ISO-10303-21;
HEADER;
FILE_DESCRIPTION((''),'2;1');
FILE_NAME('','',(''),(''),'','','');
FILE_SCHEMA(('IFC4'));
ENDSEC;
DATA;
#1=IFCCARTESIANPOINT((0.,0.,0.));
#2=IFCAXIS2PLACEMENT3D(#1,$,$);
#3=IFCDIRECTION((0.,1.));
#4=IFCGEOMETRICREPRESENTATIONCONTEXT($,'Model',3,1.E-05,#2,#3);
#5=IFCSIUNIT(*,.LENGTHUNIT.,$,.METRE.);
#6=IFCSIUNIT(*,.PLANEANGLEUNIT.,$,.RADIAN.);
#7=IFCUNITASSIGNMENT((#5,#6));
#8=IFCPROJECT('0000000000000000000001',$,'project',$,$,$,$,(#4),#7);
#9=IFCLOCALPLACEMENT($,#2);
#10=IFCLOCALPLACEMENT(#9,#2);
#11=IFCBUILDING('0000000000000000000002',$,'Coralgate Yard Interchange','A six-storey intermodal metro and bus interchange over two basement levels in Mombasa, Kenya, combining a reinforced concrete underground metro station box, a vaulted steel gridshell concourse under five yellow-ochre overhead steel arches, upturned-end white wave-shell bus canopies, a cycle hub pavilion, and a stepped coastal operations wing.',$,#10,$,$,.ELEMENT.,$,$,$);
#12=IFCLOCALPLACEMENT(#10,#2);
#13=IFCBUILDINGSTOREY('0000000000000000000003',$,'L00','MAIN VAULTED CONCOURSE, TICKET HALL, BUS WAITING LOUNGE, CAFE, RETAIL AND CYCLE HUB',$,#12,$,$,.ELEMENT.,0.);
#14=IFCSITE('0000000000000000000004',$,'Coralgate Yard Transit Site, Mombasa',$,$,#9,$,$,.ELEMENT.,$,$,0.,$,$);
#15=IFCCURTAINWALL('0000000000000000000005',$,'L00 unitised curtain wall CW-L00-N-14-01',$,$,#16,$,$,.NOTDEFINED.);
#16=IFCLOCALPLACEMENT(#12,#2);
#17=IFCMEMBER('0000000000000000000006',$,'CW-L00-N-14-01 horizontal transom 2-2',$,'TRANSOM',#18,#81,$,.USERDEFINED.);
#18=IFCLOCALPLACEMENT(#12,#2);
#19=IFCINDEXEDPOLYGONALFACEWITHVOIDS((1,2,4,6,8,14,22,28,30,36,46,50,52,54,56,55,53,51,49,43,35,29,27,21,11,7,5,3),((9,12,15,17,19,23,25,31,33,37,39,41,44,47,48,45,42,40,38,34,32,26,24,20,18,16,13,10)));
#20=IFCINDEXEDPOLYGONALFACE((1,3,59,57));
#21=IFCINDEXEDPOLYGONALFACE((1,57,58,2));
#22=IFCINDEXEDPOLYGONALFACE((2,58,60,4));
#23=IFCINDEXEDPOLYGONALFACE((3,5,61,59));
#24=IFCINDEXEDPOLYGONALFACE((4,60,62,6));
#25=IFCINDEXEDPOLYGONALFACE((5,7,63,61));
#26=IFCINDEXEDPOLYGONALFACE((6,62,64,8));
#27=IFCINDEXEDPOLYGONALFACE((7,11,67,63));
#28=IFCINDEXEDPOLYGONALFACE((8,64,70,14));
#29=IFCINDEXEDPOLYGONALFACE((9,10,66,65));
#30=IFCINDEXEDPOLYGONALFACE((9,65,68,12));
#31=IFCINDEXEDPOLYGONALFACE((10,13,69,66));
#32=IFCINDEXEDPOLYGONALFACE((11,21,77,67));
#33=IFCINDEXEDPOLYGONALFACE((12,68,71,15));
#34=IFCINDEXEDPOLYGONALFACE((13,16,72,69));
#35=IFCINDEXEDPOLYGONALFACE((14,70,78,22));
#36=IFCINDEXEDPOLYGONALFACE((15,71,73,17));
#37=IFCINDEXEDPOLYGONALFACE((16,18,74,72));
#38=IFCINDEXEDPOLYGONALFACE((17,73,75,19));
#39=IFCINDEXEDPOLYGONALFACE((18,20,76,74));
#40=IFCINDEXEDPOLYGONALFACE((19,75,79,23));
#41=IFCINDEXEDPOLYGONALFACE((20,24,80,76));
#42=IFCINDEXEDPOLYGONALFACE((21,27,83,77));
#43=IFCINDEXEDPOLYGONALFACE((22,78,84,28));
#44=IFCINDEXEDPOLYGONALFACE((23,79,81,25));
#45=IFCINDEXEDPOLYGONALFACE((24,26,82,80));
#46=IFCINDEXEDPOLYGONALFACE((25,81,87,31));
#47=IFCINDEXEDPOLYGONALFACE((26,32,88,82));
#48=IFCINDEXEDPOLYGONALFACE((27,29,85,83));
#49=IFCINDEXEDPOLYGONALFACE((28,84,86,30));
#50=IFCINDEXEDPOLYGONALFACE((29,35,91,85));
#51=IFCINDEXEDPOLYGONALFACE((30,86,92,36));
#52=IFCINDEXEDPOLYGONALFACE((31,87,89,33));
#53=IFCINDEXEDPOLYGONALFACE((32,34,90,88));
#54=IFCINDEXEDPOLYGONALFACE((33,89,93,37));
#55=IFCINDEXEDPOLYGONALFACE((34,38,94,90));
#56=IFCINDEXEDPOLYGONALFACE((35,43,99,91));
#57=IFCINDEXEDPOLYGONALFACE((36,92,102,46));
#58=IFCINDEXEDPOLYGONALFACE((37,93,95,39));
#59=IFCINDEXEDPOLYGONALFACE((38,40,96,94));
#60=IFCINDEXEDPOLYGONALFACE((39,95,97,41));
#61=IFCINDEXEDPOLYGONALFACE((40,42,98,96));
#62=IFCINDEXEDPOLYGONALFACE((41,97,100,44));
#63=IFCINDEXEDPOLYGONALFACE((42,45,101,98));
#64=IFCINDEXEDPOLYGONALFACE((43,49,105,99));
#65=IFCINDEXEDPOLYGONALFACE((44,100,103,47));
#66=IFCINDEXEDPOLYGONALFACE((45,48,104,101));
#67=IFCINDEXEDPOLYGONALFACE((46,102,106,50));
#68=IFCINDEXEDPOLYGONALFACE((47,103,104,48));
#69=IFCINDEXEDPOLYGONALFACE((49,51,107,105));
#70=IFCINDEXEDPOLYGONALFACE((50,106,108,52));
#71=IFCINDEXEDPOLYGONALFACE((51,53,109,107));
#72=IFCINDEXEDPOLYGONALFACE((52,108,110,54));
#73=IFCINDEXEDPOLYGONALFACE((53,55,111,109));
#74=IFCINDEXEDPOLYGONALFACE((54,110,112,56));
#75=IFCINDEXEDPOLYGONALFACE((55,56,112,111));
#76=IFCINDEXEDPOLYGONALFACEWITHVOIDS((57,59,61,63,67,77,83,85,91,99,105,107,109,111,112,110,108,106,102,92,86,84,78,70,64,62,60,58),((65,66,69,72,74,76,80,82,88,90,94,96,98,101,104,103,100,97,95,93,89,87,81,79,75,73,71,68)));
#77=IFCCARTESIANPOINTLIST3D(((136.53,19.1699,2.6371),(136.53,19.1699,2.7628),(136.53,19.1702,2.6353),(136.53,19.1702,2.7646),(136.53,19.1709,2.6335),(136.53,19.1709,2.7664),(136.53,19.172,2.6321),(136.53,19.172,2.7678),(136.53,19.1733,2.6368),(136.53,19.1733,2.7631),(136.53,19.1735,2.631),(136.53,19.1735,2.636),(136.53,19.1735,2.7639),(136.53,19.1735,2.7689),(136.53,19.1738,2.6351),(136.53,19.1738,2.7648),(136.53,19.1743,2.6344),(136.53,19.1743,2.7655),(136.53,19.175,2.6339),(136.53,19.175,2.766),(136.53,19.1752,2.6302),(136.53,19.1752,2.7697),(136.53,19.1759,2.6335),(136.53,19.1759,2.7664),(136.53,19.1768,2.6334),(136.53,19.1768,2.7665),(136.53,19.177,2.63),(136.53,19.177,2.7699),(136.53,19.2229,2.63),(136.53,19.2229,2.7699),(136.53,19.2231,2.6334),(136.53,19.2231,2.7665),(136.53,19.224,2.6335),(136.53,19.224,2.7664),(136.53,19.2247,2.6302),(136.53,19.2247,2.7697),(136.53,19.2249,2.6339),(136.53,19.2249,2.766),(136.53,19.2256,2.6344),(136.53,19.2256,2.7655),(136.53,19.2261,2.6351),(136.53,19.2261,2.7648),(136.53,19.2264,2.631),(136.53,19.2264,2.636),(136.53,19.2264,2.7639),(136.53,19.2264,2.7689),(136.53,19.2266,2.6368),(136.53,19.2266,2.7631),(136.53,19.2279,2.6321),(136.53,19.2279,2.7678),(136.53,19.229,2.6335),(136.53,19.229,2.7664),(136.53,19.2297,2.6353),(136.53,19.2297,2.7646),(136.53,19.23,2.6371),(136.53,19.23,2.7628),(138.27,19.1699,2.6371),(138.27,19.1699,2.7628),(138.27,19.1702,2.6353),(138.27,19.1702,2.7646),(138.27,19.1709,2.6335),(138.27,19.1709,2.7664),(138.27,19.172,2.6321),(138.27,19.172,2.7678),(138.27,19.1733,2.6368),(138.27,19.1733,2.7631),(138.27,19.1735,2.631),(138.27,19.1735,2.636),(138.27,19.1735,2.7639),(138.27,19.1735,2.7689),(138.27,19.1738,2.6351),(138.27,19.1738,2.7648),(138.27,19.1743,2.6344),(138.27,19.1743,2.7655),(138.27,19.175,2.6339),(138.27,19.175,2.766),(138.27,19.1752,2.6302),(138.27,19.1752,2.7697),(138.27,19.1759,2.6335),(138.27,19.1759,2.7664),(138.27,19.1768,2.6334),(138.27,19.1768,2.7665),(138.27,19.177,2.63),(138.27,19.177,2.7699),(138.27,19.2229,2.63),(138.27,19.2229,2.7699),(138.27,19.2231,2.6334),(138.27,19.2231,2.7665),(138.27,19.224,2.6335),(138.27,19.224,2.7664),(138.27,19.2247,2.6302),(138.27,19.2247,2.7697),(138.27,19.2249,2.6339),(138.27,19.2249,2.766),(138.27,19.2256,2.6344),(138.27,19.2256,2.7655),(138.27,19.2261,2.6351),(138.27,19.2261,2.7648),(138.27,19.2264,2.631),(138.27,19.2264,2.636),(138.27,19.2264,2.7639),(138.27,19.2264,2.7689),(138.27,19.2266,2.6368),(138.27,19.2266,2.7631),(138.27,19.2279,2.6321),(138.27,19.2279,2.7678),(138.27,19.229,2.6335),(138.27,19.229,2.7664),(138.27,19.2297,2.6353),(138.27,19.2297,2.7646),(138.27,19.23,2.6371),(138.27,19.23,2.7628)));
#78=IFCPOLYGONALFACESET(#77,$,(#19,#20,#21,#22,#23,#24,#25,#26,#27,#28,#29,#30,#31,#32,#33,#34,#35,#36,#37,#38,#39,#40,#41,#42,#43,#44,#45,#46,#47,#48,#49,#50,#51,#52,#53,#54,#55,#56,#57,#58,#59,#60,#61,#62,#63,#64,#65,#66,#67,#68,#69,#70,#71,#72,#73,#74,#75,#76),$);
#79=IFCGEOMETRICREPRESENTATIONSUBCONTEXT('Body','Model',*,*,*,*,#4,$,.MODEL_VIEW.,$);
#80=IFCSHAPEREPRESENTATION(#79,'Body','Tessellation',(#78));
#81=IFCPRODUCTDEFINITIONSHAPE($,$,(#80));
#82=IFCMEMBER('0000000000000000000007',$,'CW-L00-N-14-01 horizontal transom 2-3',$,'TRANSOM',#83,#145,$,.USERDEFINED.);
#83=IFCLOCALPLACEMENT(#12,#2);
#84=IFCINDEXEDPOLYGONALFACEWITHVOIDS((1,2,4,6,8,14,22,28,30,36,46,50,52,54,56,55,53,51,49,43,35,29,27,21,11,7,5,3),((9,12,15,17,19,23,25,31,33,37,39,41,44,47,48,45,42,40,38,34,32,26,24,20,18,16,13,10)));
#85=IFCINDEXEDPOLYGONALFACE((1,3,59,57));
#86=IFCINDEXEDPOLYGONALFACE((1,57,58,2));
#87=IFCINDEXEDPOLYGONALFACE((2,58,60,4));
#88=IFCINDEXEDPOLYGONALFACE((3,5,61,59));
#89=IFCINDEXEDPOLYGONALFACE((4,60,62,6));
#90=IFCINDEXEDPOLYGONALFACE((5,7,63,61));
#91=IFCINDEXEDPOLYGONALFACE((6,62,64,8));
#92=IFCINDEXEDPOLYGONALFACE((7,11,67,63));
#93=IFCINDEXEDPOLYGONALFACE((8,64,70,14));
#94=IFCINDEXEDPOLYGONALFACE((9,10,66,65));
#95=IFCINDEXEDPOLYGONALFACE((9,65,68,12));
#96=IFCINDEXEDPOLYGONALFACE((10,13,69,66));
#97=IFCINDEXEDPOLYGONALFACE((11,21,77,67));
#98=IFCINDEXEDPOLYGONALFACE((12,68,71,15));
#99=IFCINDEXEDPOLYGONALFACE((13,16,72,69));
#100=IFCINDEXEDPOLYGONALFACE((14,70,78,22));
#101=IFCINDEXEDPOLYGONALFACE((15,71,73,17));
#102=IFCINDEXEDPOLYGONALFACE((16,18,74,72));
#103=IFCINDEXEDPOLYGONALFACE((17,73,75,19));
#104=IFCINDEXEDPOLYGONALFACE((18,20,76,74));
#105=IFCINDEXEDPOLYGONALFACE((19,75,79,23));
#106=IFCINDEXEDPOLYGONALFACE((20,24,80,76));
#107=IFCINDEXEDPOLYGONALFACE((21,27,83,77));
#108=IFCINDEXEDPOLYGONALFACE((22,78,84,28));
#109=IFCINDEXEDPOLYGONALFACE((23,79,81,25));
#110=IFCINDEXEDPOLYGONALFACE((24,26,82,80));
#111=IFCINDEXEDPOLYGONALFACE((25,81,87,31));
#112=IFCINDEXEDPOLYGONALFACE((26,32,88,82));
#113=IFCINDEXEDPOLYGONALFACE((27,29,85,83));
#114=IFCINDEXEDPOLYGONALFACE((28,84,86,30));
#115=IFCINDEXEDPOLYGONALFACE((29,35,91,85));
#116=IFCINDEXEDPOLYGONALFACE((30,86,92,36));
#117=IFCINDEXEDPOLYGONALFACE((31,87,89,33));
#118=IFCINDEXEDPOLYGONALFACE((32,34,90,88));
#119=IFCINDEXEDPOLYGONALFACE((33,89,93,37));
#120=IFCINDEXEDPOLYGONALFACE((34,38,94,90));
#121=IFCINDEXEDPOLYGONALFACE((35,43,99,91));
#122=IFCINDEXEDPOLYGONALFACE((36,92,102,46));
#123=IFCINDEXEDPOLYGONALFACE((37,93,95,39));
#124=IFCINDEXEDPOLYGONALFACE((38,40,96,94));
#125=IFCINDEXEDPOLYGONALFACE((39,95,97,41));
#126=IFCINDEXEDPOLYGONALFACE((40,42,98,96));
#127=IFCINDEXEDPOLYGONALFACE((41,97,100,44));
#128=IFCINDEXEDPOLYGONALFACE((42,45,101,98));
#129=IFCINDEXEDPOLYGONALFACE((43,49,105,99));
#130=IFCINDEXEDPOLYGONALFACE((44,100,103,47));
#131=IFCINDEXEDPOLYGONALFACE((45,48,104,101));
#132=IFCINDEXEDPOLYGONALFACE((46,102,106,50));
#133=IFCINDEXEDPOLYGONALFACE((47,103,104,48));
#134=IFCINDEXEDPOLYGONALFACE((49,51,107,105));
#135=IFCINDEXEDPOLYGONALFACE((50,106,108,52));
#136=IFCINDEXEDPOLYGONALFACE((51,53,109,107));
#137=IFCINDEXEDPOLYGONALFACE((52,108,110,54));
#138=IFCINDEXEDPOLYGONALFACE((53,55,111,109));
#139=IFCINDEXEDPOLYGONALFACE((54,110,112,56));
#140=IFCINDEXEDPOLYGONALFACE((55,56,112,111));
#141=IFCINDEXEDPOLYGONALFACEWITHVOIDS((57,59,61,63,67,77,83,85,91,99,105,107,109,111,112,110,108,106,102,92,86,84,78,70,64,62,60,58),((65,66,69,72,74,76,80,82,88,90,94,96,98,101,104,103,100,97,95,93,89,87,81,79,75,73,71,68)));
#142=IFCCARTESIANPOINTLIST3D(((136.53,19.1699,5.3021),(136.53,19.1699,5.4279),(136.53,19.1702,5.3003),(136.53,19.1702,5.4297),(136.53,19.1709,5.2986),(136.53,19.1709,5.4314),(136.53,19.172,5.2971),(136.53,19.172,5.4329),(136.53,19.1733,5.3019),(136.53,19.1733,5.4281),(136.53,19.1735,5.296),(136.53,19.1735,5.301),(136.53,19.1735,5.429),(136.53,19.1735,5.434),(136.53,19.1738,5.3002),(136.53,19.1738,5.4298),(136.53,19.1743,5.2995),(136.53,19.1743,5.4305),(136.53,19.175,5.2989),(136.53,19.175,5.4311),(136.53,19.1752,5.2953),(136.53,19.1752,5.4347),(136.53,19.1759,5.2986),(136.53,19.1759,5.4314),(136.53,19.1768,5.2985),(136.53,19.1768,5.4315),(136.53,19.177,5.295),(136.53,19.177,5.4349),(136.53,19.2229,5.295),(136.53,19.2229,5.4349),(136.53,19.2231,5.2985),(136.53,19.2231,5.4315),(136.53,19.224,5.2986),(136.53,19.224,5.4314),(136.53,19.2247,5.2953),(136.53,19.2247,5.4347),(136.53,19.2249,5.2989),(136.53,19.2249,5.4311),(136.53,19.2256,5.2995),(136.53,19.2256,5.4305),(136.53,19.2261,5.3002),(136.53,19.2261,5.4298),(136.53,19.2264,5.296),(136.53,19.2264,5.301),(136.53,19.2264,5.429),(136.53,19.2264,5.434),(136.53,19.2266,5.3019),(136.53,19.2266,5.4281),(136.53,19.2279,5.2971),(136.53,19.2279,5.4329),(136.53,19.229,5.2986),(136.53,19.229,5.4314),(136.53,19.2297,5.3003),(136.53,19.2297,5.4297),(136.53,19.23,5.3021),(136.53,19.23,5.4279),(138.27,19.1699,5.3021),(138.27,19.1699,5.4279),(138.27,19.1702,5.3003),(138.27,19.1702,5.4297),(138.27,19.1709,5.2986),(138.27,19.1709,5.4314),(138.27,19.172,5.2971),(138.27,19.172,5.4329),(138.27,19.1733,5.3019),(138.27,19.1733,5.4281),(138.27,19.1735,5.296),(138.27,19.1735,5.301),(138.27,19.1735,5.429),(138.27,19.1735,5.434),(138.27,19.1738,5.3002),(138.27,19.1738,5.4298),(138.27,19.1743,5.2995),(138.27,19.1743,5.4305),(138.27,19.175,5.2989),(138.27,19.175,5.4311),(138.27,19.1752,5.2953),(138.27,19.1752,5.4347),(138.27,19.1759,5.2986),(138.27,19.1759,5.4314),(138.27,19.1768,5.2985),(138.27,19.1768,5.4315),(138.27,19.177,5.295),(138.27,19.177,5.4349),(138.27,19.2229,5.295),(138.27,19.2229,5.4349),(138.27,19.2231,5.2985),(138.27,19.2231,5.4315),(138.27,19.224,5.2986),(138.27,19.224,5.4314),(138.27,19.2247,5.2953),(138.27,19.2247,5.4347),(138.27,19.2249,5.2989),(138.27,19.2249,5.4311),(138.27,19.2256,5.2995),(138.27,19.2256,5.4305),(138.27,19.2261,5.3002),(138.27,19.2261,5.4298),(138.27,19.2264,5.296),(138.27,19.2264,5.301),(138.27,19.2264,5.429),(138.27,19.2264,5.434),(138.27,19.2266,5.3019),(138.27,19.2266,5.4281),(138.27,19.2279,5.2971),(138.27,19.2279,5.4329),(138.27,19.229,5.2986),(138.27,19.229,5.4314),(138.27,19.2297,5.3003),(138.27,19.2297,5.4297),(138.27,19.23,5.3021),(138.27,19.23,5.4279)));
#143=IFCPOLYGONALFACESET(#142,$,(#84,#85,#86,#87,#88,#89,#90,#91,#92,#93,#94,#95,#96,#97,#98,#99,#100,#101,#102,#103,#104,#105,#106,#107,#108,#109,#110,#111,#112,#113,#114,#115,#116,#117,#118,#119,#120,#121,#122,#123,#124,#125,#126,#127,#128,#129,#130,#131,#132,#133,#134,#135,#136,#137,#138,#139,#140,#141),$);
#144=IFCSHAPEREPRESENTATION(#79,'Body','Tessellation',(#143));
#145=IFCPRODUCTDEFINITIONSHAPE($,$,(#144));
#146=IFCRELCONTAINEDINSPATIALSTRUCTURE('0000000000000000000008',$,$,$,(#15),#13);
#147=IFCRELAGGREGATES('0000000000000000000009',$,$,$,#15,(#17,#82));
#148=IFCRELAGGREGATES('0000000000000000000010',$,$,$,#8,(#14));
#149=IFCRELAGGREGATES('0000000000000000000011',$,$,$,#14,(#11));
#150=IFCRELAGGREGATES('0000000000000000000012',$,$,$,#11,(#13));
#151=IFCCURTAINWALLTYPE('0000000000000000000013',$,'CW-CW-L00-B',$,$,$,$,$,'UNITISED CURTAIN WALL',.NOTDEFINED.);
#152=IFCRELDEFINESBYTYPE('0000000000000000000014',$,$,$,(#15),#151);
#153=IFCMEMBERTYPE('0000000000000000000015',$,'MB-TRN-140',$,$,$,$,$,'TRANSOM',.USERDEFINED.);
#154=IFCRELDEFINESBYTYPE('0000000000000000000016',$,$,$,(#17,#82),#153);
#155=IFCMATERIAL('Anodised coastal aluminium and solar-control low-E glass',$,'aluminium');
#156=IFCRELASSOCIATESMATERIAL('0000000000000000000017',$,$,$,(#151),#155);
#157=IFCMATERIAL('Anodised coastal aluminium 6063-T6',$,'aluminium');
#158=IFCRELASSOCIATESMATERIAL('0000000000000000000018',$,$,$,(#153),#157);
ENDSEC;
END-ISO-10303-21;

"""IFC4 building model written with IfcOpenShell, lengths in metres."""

from ifc_helpers import new_model, si_unit, direction, frame, origin, origin_2d, place, context, subcontext, project, spatial, hollow_rectangle, extrude, material, material_profile, profile_set, type_object, element, aggregate, save


model = new_model("IFC4")

# Units and contexts
model_context = context("Model", 3, precision=1e-05, world=origin(), true_north=direction((0.0, 1.0)))
body_context = subcontext(model_context, "Body", "Model", "MODEL_VIEW")
ifc_project = project(units=[si_unit("LENGTHUNIT", "METRE"), si_unit("PLANEANGLEUNIT", "RADIAN")], contexts=[model_context])

# Site, building, storey
site_placement = place(None, origin())
site = spatial("IfcSite", under=ifc_project, at=site_placement, Name="Coralgate Yard Transit Site, Mombasa", CompositionType="ELEMENT", RefElevation=0.0)
building_placement = place(site_placement, origin())
building = spatial("IfcBuilding", under=site, at=building_placement, Name="Coralgate Yard Interchange", Description="A six-storey intermodal metro and bus interchange over two basement levels in Mombasa, Kenya, combining a reinforced concrete underground metro station box, a vaulted steel gridshell concourse under five yellow-ochre overhead steel arches, upturned-end white wave-shell bus canopies, a cycle hub pavilion, and a stepped coastal operations wing.", CompositionType="ELEMENT")
storey_placement = place(building_placement, origin())
storey = spatial("IfcBuildingStorey", under=building, at=storey_placement, Name="L00", Description="MAIN VAULTED CONCOURSE, TICKET HALL, BUS WAITING LOUNGE, CAFE, RETAIL AND CYCLE HUB", CompositionType="ELEMENT", Elevation=0.0)

# Shared definitions
ifc_material_1 = material(Name="Anodised coastal aluminium and solar-control low-E glass", Category="aluminium")
ifc_material_2 = material(Name="Anodised coastal aluminium 6063-T6", Category="aluminium")

# Curtain wall, members
curtain_wall_type_1 = type_object("IfcCurtainWallType", Name="CW-CW-L00-B", ElementType="UNITISED CURTAIN WALL", PredefinedType="NOTDEFINED", material=ifc_material_1)
curtain_wall_1_placement = place(storey_placement, origin())
curtain_wall_1 = element("IfcCurtainWall", 1, at=curtain_wall_1_placement, inside=storey, type_object=curtain_wall_type_1, Name="L00 unitised curtain wall CW-L00-N-14-01", PredefinedType="NOTDEFINED")
ifc_material_profile_1 = material_profile(ifc_material_2, hollow_rectangle(XDim=0.0601, YDim=0.1399, WallThickness=0.0034, InnerFilletRadius=0.0034, OuterFilletRadius=0.0071, at=origin_2d()), Name="ALU 60x140x3.5")
ifc_profile_set_1 = profile_set([ifc_material_profile_1], Name="Anodised coastal aluminium 6063-T6")
member_type_1 = type_object("IfcMemberType", Name="MB-TRN-140", ElementType="TRANSOM", PredefinedType="USERDEFINED", material=ifc_profile_set_1)
member_1_placement = place(storey_placement, frame((136.53, 19.2, 2.7), z_axis=(1.0, 0.0, 0.0), x_axis=(0.0, 1.0, 0.0)))
member_1 = element("IfcMember", 2, at=member_1_placement, type_object=member_type_1, Name="CW-L00-N-14-01 horizontal transom 2-2", ObjectType="TRANSOM", PredefinedType="USERDEFINED", context=body_context, shape_type="SweptSolid", body=[
    extrude(hollow_rectangle(XDim=0.0601, YDim=0.1399, WallThickness=0.0034, InnerFilletRadius=0.0034, OuterFilletRadius=0.0071, at=origin_2d()), origin(), (0.0, 0.0, 1.0), 1.74),
])
member_2_placement = place(storey_placement, frame((136.53, 19.2, 5.365), z_axis=(1.0, 0.0, 0.0), x_axis=(0.0, 1.0, 0.0)))
member_2 = element("IfcMember", 3, at=member_2_placement, type_object=member_type_1, Name="CW-L00-N-14-01 horizontal transom 2-3", ObjectType="TRANSOM", PredefinedType="USERDEFINED", context=body_context, shape_type="SweptSolid", body=[
    extrude(hollow_rectangle(XDim=0.0601, YDim=0.1399, WallThickness=0.0034, InnerFilletRadius=0.0034, OuterFilletRadius=0.0071, at=origin_2d()), origin(), (0.0, 0.0, 1.0), 1.74),
])
aggregate(curtain_wall_1, [member_1, member_2])

save(model, "model.ifc")
